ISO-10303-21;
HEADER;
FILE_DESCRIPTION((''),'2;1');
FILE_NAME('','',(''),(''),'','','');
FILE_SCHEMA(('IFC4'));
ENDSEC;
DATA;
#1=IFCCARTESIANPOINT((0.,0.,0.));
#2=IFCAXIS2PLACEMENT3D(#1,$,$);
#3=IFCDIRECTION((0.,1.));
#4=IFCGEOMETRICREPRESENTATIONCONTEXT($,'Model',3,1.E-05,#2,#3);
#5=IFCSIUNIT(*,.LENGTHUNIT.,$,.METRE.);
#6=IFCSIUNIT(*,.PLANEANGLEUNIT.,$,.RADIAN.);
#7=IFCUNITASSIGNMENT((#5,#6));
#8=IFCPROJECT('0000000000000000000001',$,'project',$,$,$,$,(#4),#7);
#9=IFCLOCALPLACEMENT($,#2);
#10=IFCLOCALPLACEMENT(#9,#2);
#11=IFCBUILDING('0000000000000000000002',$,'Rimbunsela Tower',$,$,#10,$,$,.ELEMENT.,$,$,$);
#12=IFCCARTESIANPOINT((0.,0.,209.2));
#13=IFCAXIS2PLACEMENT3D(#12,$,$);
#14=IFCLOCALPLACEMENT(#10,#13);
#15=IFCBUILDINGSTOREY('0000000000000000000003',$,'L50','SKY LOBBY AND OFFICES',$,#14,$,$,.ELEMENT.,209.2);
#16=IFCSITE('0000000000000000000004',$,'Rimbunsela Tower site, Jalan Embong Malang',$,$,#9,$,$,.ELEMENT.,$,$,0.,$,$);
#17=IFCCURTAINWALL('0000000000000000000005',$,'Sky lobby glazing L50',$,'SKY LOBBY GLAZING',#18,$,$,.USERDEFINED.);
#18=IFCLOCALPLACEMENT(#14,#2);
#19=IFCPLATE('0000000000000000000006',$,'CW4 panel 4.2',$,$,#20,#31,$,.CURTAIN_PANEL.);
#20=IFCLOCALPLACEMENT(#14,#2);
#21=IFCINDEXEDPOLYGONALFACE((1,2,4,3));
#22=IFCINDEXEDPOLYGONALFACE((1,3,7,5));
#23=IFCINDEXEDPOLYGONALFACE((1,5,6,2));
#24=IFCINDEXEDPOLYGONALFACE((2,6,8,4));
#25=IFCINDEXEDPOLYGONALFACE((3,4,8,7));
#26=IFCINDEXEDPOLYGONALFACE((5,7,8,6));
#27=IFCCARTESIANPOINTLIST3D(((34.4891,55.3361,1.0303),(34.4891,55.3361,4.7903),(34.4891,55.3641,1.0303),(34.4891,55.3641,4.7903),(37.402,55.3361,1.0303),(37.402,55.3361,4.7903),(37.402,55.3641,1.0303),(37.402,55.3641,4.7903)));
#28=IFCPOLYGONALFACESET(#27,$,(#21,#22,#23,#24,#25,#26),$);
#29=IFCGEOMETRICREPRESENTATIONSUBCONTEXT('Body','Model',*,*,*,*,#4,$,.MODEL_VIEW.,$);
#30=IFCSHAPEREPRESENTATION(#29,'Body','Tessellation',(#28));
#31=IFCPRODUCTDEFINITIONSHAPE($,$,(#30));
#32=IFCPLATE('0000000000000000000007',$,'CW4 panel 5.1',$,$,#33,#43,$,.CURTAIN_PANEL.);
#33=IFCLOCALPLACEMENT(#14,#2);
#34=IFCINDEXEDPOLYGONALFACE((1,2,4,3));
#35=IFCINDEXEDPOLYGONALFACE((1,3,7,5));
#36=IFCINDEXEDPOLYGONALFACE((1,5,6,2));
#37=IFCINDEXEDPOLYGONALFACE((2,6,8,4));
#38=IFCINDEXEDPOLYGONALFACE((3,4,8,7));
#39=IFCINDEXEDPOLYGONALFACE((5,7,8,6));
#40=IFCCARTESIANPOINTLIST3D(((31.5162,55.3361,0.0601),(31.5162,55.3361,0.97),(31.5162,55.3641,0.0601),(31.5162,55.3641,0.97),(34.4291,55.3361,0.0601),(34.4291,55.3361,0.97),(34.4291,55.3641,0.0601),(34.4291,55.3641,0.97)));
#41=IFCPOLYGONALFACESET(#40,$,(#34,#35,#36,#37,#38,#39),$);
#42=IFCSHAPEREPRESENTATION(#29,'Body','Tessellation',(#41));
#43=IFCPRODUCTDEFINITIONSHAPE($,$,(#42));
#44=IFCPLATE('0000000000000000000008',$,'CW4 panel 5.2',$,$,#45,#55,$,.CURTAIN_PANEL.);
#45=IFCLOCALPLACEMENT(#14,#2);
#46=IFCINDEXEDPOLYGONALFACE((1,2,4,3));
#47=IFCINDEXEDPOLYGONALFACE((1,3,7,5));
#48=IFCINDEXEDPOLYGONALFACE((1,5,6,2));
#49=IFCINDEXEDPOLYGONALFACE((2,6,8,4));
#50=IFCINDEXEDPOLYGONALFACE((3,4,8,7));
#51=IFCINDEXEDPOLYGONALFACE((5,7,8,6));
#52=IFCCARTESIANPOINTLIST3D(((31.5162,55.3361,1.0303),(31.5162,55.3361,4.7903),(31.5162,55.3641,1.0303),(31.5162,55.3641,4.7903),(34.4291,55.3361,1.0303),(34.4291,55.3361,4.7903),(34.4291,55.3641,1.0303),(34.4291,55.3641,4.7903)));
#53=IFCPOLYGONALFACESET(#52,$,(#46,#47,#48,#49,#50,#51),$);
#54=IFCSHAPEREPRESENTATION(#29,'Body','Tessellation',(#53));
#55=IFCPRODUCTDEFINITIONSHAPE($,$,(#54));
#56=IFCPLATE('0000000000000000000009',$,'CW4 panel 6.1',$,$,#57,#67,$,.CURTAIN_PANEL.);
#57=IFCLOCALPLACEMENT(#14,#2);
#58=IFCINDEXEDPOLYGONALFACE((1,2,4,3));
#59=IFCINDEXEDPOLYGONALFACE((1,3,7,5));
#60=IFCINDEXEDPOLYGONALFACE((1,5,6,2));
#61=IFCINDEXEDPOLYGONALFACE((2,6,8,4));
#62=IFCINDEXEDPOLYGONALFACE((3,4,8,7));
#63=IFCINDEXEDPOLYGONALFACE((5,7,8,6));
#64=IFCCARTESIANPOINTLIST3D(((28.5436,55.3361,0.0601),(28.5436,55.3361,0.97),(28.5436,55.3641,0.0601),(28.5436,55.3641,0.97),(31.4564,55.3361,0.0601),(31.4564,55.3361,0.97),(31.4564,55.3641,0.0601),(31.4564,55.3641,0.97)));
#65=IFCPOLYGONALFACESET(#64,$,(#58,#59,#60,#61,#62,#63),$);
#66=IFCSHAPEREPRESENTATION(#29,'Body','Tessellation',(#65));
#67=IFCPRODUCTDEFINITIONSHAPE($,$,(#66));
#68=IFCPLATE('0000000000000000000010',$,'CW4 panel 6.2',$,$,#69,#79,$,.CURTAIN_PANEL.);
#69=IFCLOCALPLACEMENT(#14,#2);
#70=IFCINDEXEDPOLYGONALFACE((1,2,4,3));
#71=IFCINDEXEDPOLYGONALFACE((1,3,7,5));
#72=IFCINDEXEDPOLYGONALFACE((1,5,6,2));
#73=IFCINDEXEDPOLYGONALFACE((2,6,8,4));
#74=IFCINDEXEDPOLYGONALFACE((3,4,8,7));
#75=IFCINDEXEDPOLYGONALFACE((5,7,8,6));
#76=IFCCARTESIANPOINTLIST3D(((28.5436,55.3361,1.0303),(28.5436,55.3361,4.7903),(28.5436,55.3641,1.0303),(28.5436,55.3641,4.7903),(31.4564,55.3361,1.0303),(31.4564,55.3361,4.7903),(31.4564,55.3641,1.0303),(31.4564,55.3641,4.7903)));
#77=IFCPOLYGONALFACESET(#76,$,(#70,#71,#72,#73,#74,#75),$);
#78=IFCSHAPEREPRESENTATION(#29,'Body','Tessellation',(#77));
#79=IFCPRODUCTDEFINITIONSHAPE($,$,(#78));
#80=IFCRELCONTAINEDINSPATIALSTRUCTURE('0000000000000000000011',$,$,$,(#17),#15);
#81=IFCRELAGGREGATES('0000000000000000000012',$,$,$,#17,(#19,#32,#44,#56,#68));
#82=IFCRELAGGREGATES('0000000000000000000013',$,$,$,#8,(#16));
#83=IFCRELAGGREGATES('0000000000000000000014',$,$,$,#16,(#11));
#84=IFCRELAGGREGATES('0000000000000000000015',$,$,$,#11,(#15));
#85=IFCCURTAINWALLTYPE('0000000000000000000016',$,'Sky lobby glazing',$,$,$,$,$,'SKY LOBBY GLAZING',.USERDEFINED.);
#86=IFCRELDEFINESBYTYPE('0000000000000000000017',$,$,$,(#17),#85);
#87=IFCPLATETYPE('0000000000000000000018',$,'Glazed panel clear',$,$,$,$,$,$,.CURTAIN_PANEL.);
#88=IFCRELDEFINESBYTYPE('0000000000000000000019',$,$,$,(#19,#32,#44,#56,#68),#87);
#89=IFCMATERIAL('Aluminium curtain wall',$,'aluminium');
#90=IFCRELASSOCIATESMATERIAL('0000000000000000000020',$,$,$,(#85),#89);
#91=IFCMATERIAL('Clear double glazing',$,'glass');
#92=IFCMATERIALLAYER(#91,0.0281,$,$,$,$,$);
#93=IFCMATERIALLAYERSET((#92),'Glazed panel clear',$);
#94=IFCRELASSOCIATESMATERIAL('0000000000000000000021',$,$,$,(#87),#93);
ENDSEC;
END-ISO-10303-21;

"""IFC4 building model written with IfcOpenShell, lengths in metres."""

from ifc_helpers import new_model, si_unit, direction, frame, origin, origin_2d, place, context, subcontext, project, spatial, rectangle, extrude, material, layer, layer_set, type_object, element, aggregate, save


model = new_model("IFC4")

# Units and contexts
model_context = context("Model", 3, precision=1e-05, world=origin(), true_north=direction((0.0, 1.0)))
body_context = subcontext(model_context, "Body", "Model", "MODEL_VIEW")
ifc_project = project(units=[si_unit("LENGTHUNIT", "METRE"), si_unit("PLANEANGLEUNIT", "RADIAN")], contexts=[model_context])

# Site, building, storey
site_placement = place(None, origin())
site = spatial("IfcSite", under=ifc_project, at=site_placement, Name="Rimbunsela Tower site, Jalan Embong Malang", CompositionType="ELEMENT", RefElevation=0.0)
building_placement = place(site_placement, origin())
building = spatial("IfcBuilding", under=site, at=building_placement, Name="Rimbunsela Tower", CompositionType="ELEMENT")
storey_placement = place(building_placement, frame((0.0, 0.0, 209.2)))
storey = spatial("IfcBuildingStorey", under=building, at=storey_placement, Name="L50", Description="SKY LOBBY AND OFFICES", CompositionType="ELEMENT", Elevation=209.2)

# Curtain wall, plates
ifc_material_1 = material(Name="Aluminium curtain wall", Category="aluminium")
curtain_wall_type = type_object("IfcCurtainWallType", Name="Sky lobby glazing", ElementType="SKY LOBBY GLAZING", PredefinedType="USERDEFINED", material=ifc_material_1)
curtain_wall_placement = place(storey_placement, origin())
curtain_wall = element("IfcCurtainWall", 1, at=curtain_wall_placement, inside=storey, type_object=curtain_wall_type, Name="Sky lobby glazing L50", ObjectType="SKY LOBBY GLAZING", PredefinedType="USERDEFINED")
ifc_material_2 = material(Name="Clear double glazing", Category="glass")
ifc_layer = layer(ifc_material_2, 0.0281)
ifc_layer_set = layer_set([ifc_layer], Name="Glazed panel clear")
plate_type = type_object("IfcPlateType", Name="Glazed panel clear", PredefinedType="CURTAIN_PANEL", material=ifc_layer_set)
plate_1_placement = place(storey_placement, frame((35.9456, 55.3501, 1.0303), z_axis=(0.0, 0.0, 1.0), x_axis=(-1.0, 0.0, 0.0)))
plate_1 = element("IfcPlate", 2, at=plate_1_placement, type_object=plate_type, Name="CW4 panel 4.2", PredefinedType="CURTAIN_PANEL", context=body_context, shape_type="SweptSolid", body=[
    extrude(rectangle(XDim=2.9128, YDim=0.0281, at=origin_2d()), origin(), (0.0, 0.0, 1.0), 3.76),
])
plate_2_placement = place(storey_placement, frame((32.9727, 55.3501, 0.0601), z_axis=(0.0, 0.0, 1.0), x_axis=(-1.0, 0.0, 0.0)))
plate_2 = element("IfcPlate", 3, at=plate_2_placement, type_object=plate_type, Name="CW4 panel 5.1", PredefinedType="CURTAIN_PANEL", context=body_context, shape_type="SweptSolid", body=[
    extrude(rectangle(XDim=2.9128, YDim=0.0281, at=origin_2d()), origin(), (0.0, 0.0, 1.0), 0.9099),
])
plate_3_placement = place(storey_placement, frame((32.9727, 55.3501, 1.0303), z_axis=(0.0, 0.0, 1.0), x_axis=(-1.0, 0.0, 0.0)))
plate_3 = element("IfcPlate", 4, at=plate_3_placement, type_object=plate_type, Name="CW4 panel 5.2", PredefinedType="CURTAIN_PANEL", context=body_context, shape_type="SweptSolid", body=[
    extrude(rectangle(XDim=2.9128, YDim=0.0281, at=origin_2d()), origin(), (0.0, 0.0, 1.0), 3.76),
])
plate_4_placement = place(storey_placement, frame((30.0, 55.3501, 0.0601), z_axis=(0.0, 0.0, 1.0), x_axis=(-1.0, 0.0, 0.0)))
plate_4 = element("IfcPlate", 5, at=plate_4_placement, type_object=plate_type, Name="CW4 panel 6.1", PredefinedType="CURTAIN_PANEL", context=body_context, shape_type="SweptSolid", body=[
    extrude(rectangle(XDim=2.9128, YDim=0.0281, at=origin_2d()), origin(), (0.0, 0.0, 1.0), 0.9099),
])
plate_5_placement = place(storey_placement, frame((30.0, 55.3501, 1.0303), z_axis=(0.0, 0.0, 1.0), x_axis=(-1.0, 0.0, 0.0)))
plate_5 = element("IfcPlate", 6, at=plate_5_placement, type_object=plate_type, Name="CW4 panel 6.2", PredefinedType="CURTAIN_PANEL", context=body_context, shape_type="SweptSolid", body=[
    extrude(rectangle(XDim=2.9128, YDim=0.0281, at=origin_2d()), origin(), (0.0, 0.0, 1.0), 3.76),
])
aggregate(curtain_wall, [plate_1, plate_2, plate_3, plate_4, plate_5])

save(model, "model.ifc")
